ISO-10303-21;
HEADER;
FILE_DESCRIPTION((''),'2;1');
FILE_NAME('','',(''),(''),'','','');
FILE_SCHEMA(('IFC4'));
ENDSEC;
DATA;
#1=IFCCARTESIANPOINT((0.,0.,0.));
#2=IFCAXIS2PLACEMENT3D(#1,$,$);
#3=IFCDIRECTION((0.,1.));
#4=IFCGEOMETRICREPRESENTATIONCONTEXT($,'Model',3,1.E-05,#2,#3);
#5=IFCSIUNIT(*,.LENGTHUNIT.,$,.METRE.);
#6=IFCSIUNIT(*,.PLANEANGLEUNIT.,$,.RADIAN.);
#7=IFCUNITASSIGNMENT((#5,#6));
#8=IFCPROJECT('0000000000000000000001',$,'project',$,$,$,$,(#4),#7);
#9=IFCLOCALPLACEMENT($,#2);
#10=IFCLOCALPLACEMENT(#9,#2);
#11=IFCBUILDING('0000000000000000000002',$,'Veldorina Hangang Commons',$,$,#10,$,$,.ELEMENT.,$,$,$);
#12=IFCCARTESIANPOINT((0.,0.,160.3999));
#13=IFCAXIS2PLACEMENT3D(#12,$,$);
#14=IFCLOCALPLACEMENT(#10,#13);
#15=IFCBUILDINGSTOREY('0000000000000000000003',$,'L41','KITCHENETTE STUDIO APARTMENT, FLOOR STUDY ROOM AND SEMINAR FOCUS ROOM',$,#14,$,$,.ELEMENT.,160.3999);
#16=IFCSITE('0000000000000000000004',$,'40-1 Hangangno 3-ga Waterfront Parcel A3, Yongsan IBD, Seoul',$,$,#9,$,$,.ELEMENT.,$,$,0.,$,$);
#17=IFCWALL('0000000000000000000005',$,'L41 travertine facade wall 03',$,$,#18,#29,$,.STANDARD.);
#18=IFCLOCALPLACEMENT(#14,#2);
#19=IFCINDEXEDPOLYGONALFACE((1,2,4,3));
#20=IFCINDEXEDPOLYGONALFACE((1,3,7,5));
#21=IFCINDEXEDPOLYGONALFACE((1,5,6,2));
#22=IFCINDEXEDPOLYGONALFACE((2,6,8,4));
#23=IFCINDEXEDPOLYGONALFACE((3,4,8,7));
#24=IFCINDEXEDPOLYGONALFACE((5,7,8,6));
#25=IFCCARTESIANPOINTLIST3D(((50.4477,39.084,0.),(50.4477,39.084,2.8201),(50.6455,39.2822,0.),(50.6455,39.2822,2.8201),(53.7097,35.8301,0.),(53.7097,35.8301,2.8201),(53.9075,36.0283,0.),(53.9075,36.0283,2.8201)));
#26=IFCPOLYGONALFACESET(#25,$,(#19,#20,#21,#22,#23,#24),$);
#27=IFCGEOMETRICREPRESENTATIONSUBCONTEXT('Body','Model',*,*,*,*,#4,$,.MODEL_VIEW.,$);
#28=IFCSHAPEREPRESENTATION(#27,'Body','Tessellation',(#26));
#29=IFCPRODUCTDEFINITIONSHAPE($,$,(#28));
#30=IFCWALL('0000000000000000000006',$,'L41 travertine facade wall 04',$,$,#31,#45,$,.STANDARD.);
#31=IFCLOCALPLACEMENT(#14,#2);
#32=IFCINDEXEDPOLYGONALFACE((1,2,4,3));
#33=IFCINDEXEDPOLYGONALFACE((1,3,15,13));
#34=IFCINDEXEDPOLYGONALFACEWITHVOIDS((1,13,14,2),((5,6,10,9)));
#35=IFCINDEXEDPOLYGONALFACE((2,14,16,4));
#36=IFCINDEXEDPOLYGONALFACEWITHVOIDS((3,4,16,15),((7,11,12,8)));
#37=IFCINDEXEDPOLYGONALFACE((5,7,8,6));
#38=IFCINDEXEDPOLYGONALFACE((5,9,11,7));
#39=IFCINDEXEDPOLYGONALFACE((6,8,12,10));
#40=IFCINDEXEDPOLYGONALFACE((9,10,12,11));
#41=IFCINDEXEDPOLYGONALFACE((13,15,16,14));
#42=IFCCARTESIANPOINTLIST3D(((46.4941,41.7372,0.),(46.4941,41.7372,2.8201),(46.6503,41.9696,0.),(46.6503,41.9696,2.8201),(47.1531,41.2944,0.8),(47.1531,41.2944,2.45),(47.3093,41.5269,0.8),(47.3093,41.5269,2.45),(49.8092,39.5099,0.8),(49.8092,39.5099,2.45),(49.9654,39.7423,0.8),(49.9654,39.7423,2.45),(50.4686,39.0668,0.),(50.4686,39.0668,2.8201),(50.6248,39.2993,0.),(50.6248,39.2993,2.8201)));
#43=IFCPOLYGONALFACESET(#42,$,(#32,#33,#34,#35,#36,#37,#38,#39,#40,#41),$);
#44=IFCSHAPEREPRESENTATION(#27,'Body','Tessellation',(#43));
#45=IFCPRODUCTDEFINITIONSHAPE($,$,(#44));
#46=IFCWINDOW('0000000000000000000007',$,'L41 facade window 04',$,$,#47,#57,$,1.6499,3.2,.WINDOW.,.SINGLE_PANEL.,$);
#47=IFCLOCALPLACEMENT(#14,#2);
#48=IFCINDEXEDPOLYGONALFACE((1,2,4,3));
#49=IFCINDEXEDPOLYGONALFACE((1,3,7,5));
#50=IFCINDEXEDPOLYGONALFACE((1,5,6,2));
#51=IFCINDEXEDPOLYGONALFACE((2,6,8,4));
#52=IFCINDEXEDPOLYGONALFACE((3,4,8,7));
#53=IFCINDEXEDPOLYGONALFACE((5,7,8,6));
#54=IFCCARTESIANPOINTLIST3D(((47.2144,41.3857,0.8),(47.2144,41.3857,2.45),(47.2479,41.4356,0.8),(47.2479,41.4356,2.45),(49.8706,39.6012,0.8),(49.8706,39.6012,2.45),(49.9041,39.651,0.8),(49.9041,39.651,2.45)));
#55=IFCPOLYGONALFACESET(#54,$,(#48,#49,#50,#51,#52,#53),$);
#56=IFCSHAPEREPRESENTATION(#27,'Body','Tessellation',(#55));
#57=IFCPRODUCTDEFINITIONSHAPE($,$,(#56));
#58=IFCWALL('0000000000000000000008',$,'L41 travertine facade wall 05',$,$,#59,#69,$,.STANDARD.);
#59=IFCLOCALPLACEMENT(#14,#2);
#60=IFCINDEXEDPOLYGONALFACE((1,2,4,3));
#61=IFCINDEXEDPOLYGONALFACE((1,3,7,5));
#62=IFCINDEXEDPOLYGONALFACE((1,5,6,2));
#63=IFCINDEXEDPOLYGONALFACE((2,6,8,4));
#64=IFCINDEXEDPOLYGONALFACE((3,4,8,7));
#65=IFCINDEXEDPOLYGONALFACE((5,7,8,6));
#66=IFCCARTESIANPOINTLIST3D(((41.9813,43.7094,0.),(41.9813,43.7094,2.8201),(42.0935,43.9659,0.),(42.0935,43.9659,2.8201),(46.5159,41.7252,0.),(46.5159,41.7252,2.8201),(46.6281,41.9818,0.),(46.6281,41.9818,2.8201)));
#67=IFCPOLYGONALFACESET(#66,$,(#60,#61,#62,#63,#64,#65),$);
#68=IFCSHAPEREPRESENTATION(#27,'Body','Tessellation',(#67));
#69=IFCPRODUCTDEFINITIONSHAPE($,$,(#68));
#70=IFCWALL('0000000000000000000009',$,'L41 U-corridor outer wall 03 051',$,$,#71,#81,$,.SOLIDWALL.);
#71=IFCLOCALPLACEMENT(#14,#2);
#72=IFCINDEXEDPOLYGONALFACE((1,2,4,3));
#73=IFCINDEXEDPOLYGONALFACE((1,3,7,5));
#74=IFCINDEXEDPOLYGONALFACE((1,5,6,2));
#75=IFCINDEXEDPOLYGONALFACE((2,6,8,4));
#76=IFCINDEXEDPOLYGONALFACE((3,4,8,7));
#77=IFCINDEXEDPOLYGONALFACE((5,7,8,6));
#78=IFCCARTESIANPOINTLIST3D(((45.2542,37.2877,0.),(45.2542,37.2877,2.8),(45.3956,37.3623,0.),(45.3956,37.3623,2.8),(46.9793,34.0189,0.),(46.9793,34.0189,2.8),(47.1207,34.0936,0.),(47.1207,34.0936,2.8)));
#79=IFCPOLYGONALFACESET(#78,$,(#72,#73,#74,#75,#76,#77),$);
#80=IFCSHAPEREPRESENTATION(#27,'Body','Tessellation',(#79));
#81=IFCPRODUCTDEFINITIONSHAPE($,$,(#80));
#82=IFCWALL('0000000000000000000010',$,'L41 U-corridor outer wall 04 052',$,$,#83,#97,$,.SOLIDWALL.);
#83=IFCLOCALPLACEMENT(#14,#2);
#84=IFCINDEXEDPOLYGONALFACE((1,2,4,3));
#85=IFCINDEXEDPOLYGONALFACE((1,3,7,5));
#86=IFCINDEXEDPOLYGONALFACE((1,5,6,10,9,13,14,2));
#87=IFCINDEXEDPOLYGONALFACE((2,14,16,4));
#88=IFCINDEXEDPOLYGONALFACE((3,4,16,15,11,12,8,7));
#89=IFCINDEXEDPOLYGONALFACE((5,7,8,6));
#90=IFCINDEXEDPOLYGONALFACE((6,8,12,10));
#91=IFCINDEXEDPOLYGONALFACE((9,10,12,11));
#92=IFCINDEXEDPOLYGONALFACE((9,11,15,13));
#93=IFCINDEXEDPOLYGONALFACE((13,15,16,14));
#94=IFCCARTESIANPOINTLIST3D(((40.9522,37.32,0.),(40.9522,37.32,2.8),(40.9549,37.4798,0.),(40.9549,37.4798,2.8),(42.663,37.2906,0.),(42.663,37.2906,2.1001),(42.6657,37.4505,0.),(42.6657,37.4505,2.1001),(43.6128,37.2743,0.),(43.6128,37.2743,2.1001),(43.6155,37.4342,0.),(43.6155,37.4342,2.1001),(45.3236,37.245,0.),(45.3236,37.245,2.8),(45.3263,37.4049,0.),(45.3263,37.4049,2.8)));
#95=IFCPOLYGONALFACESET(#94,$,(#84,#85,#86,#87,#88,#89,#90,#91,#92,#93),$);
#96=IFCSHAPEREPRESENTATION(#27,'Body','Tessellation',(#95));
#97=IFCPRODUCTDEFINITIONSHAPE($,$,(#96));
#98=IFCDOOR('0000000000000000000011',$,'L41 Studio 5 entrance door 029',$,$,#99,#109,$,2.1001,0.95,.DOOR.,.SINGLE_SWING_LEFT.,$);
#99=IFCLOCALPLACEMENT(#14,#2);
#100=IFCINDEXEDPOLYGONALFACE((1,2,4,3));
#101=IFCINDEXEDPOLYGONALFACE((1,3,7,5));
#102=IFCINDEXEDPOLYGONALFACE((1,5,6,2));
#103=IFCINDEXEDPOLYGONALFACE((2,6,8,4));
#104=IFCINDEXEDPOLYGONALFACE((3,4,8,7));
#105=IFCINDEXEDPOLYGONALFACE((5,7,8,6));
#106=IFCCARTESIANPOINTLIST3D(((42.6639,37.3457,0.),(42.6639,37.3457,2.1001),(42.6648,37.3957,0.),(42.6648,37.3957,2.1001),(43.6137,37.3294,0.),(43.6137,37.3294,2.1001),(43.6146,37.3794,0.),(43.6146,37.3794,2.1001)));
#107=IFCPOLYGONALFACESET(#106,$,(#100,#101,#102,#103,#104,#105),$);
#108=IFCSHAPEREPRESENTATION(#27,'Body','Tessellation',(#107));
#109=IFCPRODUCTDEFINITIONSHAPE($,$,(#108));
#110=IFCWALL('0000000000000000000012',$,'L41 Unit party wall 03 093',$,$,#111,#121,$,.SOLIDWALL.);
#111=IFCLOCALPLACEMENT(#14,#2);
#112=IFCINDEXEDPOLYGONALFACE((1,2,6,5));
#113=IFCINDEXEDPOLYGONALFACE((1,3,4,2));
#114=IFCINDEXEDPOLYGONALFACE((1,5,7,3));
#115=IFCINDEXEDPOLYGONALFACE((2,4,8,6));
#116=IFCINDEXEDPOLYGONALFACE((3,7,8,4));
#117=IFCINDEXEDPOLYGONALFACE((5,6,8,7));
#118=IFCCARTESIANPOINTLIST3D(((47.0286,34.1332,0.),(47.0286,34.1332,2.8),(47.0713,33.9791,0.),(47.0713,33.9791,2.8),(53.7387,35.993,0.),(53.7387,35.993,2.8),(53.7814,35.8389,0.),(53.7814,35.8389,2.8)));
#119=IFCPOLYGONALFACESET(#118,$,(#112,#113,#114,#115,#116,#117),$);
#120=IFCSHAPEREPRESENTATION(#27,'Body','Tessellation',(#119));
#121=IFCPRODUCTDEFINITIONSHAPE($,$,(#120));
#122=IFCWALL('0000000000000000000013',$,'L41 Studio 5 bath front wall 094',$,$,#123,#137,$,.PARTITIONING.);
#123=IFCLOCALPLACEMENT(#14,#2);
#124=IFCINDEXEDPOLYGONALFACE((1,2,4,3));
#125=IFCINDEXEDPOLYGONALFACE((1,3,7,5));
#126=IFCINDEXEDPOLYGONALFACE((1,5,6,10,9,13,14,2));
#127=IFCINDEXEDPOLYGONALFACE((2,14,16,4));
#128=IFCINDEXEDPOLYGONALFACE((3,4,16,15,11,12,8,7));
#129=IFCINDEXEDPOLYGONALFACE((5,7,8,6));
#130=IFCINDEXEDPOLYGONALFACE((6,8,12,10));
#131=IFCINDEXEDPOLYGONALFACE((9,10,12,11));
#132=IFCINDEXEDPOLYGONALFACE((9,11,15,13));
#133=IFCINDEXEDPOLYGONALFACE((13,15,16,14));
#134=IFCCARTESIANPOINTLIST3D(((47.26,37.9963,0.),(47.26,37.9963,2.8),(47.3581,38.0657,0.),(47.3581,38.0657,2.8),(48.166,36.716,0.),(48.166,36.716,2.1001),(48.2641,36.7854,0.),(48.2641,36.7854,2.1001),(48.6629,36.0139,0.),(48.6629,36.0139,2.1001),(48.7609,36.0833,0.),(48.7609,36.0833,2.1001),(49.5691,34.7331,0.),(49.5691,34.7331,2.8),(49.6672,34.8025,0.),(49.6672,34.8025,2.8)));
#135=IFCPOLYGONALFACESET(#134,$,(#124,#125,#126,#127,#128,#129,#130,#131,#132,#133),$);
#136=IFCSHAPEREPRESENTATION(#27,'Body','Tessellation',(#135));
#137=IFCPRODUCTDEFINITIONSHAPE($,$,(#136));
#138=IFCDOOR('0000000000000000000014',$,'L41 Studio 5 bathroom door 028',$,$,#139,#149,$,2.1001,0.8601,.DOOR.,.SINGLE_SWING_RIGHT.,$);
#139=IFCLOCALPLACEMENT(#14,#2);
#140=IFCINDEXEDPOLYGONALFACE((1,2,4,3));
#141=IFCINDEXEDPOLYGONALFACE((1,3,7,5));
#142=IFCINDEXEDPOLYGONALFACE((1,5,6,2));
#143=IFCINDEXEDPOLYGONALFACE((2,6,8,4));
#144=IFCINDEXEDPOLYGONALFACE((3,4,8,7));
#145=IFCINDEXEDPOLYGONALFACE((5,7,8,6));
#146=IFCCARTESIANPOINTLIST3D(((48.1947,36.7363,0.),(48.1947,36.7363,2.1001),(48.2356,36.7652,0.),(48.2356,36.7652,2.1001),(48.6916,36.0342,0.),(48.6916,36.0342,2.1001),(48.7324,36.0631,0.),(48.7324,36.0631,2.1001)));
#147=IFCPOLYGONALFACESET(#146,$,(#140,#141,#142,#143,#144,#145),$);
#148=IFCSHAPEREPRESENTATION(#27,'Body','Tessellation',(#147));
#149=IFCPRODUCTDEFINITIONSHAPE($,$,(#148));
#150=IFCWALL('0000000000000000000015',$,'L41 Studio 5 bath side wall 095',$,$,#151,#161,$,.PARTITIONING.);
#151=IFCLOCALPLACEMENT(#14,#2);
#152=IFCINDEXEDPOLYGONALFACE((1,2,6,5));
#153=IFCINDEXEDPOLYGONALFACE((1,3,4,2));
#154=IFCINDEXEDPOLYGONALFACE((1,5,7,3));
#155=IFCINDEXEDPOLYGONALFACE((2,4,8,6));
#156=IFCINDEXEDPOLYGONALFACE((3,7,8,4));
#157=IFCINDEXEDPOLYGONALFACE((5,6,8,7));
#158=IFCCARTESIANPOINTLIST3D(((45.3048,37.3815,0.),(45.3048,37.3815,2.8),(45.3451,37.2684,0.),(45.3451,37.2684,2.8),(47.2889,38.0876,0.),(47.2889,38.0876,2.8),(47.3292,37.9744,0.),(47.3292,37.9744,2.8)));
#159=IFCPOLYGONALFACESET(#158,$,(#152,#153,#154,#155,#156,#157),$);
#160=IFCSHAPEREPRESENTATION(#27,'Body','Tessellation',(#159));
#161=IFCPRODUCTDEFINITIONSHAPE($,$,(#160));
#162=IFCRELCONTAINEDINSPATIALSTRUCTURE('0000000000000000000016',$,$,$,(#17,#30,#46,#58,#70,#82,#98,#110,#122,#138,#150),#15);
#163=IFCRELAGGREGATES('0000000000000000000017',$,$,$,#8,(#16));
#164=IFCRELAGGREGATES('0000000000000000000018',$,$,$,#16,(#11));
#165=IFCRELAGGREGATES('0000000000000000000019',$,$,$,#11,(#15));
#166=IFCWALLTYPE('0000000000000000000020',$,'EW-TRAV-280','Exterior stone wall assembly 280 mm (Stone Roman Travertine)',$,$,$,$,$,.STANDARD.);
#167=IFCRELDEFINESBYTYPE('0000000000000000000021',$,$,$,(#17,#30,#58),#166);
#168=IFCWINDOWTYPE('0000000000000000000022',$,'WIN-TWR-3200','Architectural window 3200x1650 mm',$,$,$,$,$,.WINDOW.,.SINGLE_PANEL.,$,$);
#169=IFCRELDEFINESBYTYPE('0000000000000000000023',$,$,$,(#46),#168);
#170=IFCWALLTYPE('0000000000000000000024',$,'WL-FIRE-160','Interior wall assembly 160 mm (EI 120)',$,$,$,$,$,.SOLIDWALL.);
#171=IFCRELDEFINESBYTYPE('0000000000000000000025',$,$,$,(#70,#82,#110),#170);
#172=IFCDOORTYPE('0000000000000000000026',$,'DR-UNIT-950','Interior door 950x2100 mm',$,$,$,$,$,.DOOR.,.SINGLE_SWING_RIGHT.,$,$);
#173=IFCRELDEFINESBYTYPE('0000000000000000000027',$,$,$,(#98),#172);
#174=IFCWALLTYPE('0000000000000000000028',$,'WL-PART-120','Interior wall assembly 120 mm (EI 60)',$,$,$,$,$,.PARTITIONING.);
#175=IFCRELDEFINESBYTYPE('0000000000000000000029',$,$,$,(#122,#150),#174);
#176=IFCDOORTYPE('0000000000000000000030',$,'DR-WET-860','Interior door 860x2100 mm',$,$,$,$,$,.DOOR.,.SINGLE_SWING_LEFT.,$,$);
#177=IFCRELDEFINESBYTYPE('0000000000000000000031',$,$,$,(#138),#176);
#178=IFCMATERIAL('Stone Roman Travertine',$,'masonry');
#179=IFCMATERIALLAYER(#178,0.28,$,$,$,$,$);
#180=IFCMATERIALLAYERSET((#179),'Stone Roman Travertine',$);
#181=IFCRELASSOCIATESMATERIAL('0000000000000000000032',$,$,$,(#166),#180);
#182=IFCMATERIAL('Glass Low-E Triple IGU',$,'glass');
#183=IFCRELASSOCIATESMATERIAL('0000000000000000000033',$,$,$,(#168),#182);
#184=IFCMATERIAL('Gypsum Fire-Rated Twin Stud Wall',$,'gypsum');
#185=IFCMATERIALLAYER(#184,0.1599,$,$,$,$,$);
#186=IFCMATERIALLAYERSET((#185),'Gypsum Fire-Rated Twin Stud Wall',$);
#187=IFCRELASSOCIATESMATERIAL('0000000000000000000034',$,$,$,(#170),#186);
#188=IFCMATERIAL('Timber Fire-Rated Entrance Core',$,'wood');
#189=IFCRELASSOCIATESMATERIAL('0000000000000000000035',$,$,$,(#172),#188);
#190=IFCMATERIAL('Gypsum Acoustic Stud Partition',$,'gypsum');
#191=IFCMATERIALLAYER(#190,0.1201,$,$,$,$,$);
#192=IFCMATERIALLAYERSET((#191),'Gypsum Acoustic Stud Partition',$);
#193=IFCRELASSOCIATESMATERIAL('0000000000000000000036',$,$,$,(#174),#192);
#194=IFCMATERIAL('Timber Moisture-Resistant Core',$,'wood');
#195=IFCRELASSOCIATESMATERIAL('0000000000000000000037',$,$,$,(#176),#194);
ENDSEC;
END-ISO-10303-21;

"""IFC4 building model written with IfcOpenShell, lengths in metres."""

from ifc_helpers import new_model, si_unit, direction, frame, frame_2d, origin, place, context, subcontext, project, spatial, rectangle, extrude, material, layer, layer_set, type_object, element, fill, save


model = new_model("IFC4")

# Units and contexts
model_context = context("Model", 3, precision=1e-05, world=origin(), true_north=direction((0.0, 1.0)))
body_context = subcontext(model_context, "Body", "Model", "MODEL_VIEW")
ifc_project = project(units=[si_unit("LENGTHUNIT", "METRE"), si_unit("PLANEANGLEUNIT", "RADIAN")], contexts=[model_context])

# Site, building, storey
site_placement = place(None, origin())
site = spatial("IfcSite", under=ifc_project, at=site_placement, Name="40-1 Hangangno 3-ga Waterfront Parcel A3, Yongsan IBD, Seoul", CompositionType="ELEMENT", RefElevation=0.0)
building_placement = place(site_placement, origin())
building = spatial("IfcBuilding", under=site, at=building_placement, Name="Veldorina Hangang Commons", CompositionType="ELEMENT")
storey_placement = place(building_placement, frame((0.0, 0.0, 160.3999)))
storey = spatial("IfcBuildingStorey", under=building, at=storey_placement, Name="L41", Description="KITCHENETTE STUDIO APARTMENT, FLOOR STUDY ROOM AND SEMINAR FOCUS ROOM", CompositionType="ELEMENT", Elevation=160.3999)

# Wall
ifc_material_1 = material(Name="Stone Roman Travertine", Category="masonry")
ifc_layer_1 = layer(ifc_material_1, 0.28)
ifc_layer_set_1 = layer_set([ifc_layer_1], Name="Stone Roman Travertine")
wall_type_1 = type_object("IfcWallType", Name="EW-TRAV-280", Description="Exterior stone wall assembly 280 mm (Stone Roman Travertine)", PredefinedType="STANDARD", material=ifc_layer_set_1)
wall_1_placement = place(storey_placement, frame((53.8086, 35.9292, 0.0), z_axis=(0.0, 0.0, 1.0), x_axis=(-0.707981, 0.706232, 0.0)))
element("IfcWall", 1, at=wall_1_placement, inside=storey, type_object=wall_type_1, Name="L41 travertine facade wall 03", PredefinedType="STANDARD", context=body_context, shape_type="SweptSolid", body=[
    extrude(rectangle(XDim=4.6074, YDim=0.28, at=frame_2d((2.3037, 0.0))), origin(), (0.0, 0.0, 1.0), 2.8201),
])

# Wall, opening, window
wall_2_placement = place(storey_placement, frame((50.5466, 39.1831, 0.0), z_axis=(0.0, 0.0, 1.0), x_axis=(-0.830053, 0.557685, 0.0)))
wall_2 = element("IfcWall", 2, at=wall_2_placement, inside=storey, type_object=wall_type_1, Name="L41 travertine facade wall 04", PredefinedType="STANDARD", context=body_context, shape_type="SweptSolid", body=[
    extrude(rectangle(XDim=4.7883, YDim=0.28, at=frame_2d((2.394, 0.0))), origin(), (0.0, 0.0, 1.0), 2.8201),
])
opening_1_placement = place(wall_2_placement, frame((0.7942, 0.0, 0.8)))
opening_1 = element("IfcOpeningElement", 3, at=opening_1_placement, cuts=wall_2, PredefinedType="OPENING", context=body_context, shape_type="SweptSolid", body=[
    extrude(rectangle(XDim=3.2, YDim=1.6499, at=frame_2d((1.6001, 0.825))), frame((0.0, 0.1499, 0.0), z_axis=(0.0, -1.0, 0.0), x_axis=(1.0, 0.0, 0.0)), (0.0, 0.0, 1.0), 0.3),
])
ifc_material_2 = material(Name="Glass Low-E Triple IGU", Category="glass")
window_type = type_object("IfcWindowType", Name="WIN-TWR-3200", Description="Architectural window 3200x1650 mm", PartitioningType="SINGLE_PANEL", PredefinedType="WINDOW", material=ifc_material_2)
window_placement = place(opening_1_placement, origin())
window = element("IfcWindow", 4, at=window_placement, inside=storey, type_object=window_type, Name="L41 facade window 04", OverallHeight=1.6499, OverallWidth=3.2, PartitioningType="SINGLE_PANEL", PredefinedType="WINDOW", context=body_context, shape_type="SweptSolid", body=[
    extrude(rectangle(XDim=3.2, YDim=1.6499, at=frame_2d((1.6001, 0.825))), frame((0.0, 0.03, 0.0), z_axis=(0.0, -1.0, 0.0), x_axis=(1.0, 0.0, 0.0)), (0.0, 0.0, 1.0), 0.0601),
])
fill(opening_1, window)

# Walls
wall_3_placement = place(storey_placement, frame((46.572, 41.8535, 0.0), z_axis=(0.0, 0.0, 1.0), x_axis=(-0.916141, 0.400855, 0.0)))
element("IfcWall", 5, at=wall_3_placement, inside=storey, type_object=wall_type_1, Name="L41 travertine facade wall 05", PredefinedType="STANDARD", context=body_context, shape_type="SweptSolid", body=[
    extrude(rectangle(XDim=4.9497, YDim=0.28, at=frame_2d((2.4749, 0.0))), origin(), (0.0, 0.0, 1.0), 2.8201),
])
ifc_material_3 = material(Name="Gypsum Fire-Rated Twin Stud Wall", Category="gypsum")
ifc_layer_2 = layer(ifc_material_3, 0.1599)
ifc_layer_set_2 = layer_set([ifc_layer_2], Name="Gypsum Fire-Rated Twin Stud Wall")
wall_type_2 = type_object("IfcWallType", Name="WL-FIRE-160", Description="Interior wall assembly 160 mm (EI 120)", PredefinedType="SOLIDWALL", material=ifc_layer_set_2)
wall_4_placement = place(storey_placement, frame((47.05, 34.0562, 0.0), z_axis=(0.0, 0.0, 1.0), x_axis=(-0.466737, 0.884396, 0.0)))
element("IfcWall", 6, at=wall_4_placement, inside=storey, type_object=wall_type_2, Name="L41 U-corridor outer wall 03 051", PredefinedType="SOLIDWALL", context=body_context, shape_type="SweptSolid", body=[
    extrude(rectangle(XDim=3.696, YDim=0.1599, at=frame_2d((1.8481, 0.0))), origin(), (0.0, 0.0, 1.0), 2.8),
])

# Wall, opening, door
wall_5_placement = place(storey_placement, frame((45.325, 37.325, 0.0), z_axis=(0.0, 0.0, 1.0), x_axis=(-0.999853, 0.017144, 0.0)))
wall_5 = element("IfcWall", 7, at=wall_5_placement, inside=storey, type_object=wall_type_2, Name="L41 U-corridor outer wall 04 052", PredefinedType="SOLIDWALL", context=body_context, shape_type="SweptSolid", body=[
    extrude(rectangle(XDim=4.3721, YDim=0.1599, at=frame_2d((2.186, 0.0))), origin(), (0.0, 0.0, 1.0), 2.8),
])
opening_2_placement = place(wall_5_placement, frame((1.7109, 0.0, 0.0)))
opening_2 = element("IfcOpeningElement", 8, at=opening_2_placement, cuts=wall_5, PredefinedType="OPENING", context=body_context, shape_type="SweptSolid", body=[
    extrude(rectangle(XDim=0.95, YDim=2.1001, at=frame_2d((0.4751, 1.05))), frame((0.0, 0.0898, 0.0), z_axis=(0.0, -1.0, 0.0), x_axis=(1.0, 0.0, 0.0)), (0.0, 0.0, 1.0), 0.1799),
])
ifc_material_4 = material(Name="Timber Fire-Rated Entrance Core", Category="wood")
door_type_1 = type_object("IfcDoorType", Name="DR-UNIT-950", Description="Interior door 950x2100 mm", OperationType="SINGLE_SWING_RIGHT", PredefinedType="DOOR", material=ifc_material_4)
door_1_placement = place(opening_2_placement, origin())
door_1 = element("IfcDoor", 9, at=door_1_placement, inside=storey, type_object=door_type_1, Name="L41 Studio 5 entrance door 029", OperationType="SINGLE_SWING_LEFT", OverallHeight=2.1001, OverallWidth=0.95, PredefinedType="DOOR", context=body_context, shape_type="SweptSolid", body=[
    extrude(rectangle(XDim=0.95, YDim=2.1001, at=frame_2d((0.4751, 1.05))), frame((0.0, 0.0249, 0.0), z_axis=(0.0, -1.0, 0.0), x_axis=(1.0, 0.0, 0.0)), (0.0, 0.0, 1.0), 0.05),
])
fill(opening_2, door_1)

# Wall
wall_6_placement = place(storey_placement, frame((47.05, 34.0562, 0.0), z_axis=(0.0, 0.0, 1.0), x_axis=(0.963669, 0.2671, 0.0)))
element("IfcWall", 10, at=wall_6_placement, inside=storey, type_object=wall_type_2, Name="L41 Unit party wall 03 093", PredefinedType="SOLIDWALL", context=body_context, shape_type="SweptSolid", body=[
    extrude(rectangle(XDim=6.9631, YDim=0.1599, at=frame_2d((3.4814, 0.0))), origin(), (0.0, 0.0, 1.0), 2.8),
])

# Wall, opening, door
ifc_material_5 = material(Name="Gypsum Acoustic Stud Partition", Category="gypsum")
ifc_layer_3 = layer(ifc_material_5, 0.1201)
ifc_layer_set_3 = layer_set([ifc_layer_3], Name="Gypsum Acoustic Stud Partition")
wall_type_3 = type_object("IfcWallType", Name="WL-PART-120", Description="Interior wall assembly 120 mm (EI 60)", PredefinedType="PARTITIONING", material=ifc_layer_set_3)
wall_7_placement = place(storey_placement, frame((49.6182, 34.7678, 0.0), z_axis=(0.0, 0.0, 1.0), x_axis=(-0.577628, 0.8163, 0.0)))
wall_7 = element("IfcWall", 11, at=wall_7_placement, inside=storey, type_object=wall_type_3, Name="L41 Studio 5 bath front wall 094", PredefinedType="PARTITIONING", context=body_context, shape_type="SweptSolid", body=[
    extrude(rectangle(XDim=3.9976, YDim=0.1201, at=frame_2d((1.9988, 0.0))), origin(), (0.0, 0.0, 1.0), 2.8),
])
opening_3_placement = place(wall_7_placement, frame((1.5688, 0.0, 0.0)))
opening_3 = element("IfcOpeningElement", 12, at=opening_3_placement, cuts=wall_7, PredefinedType="OPENING", context=body_context, shape_type="SweptSolid", body=[
    extrude(rectangle(XDim=0.8601, YDim=2.1001, at=frame_2d((0.4302, 1.05))), frame((0.0, 0.0701, 0.0), z_axis=(0.0, -1.0, 0.0), x_axis=(1.0, 0.0, 0.0)), (0.0, 0.0, 1.0), 0.1401),
])
ifc_material_6 = material(Name="Timber Moisture-Resistant Core", Category="wood")
door_type_2 = type_object("IfcDoorType", Name="DR-WET-860", Description="Interior door 860x2100 mm", OperationType="SINGLE_SWING_LEFT", PredefinedType="DOOR", material=ifc_material_6)
door_2_placement = place(opening_3_placement, origin())
door_2 = element("IfcDoor", 13, at=door_2_placement, inside=storey, type_object=door_type_2, Name="L41 Studio 5 bathroom door 028", OperationType="SINGLE_SWING_RIGHT", OverallHeight=2.1001, OverallWidth=0.8601, PredefinedType="DOOR", context=body_context, shape_type="SweptSolid", body=[
    extrude(rectangle(XDim=0.8601, YDim=2.1001, at=frame_2d((0.4302, 1.05))), frame((0.0, 0.0249, 0.0), z_axis=(0.0, -1.0, 0.0), x_axis=(1.0, 0.0, 0.0)), (0.0, 0.0, 1.0), 0.05),
])
fill(opening_3, door_2)

# Wall
wall_8_placement = place(storey_placement, frame((45.325, 37.325, 0.0), z_axis=(0.0, 0.0, 1.0), x_axis=(0.942127, 0.335257, 0.0)))
element("IfcWall", 14, at=wall_8_placement, inside=storey, type_object=wall_type_3, Name="L41 Studio 5 bath side wall 095", PredefinedType="PARTITIONING", context=body_context, shape_type="SweptSolid", body=[
    extrude(rectangle(XDim=2.106, YDim=0.1201, at=frame_2d((1.053, 0.0))), origin(), (0.0, 0.0, 1.0), 2.8),
])

save(model, "model.ifc")
